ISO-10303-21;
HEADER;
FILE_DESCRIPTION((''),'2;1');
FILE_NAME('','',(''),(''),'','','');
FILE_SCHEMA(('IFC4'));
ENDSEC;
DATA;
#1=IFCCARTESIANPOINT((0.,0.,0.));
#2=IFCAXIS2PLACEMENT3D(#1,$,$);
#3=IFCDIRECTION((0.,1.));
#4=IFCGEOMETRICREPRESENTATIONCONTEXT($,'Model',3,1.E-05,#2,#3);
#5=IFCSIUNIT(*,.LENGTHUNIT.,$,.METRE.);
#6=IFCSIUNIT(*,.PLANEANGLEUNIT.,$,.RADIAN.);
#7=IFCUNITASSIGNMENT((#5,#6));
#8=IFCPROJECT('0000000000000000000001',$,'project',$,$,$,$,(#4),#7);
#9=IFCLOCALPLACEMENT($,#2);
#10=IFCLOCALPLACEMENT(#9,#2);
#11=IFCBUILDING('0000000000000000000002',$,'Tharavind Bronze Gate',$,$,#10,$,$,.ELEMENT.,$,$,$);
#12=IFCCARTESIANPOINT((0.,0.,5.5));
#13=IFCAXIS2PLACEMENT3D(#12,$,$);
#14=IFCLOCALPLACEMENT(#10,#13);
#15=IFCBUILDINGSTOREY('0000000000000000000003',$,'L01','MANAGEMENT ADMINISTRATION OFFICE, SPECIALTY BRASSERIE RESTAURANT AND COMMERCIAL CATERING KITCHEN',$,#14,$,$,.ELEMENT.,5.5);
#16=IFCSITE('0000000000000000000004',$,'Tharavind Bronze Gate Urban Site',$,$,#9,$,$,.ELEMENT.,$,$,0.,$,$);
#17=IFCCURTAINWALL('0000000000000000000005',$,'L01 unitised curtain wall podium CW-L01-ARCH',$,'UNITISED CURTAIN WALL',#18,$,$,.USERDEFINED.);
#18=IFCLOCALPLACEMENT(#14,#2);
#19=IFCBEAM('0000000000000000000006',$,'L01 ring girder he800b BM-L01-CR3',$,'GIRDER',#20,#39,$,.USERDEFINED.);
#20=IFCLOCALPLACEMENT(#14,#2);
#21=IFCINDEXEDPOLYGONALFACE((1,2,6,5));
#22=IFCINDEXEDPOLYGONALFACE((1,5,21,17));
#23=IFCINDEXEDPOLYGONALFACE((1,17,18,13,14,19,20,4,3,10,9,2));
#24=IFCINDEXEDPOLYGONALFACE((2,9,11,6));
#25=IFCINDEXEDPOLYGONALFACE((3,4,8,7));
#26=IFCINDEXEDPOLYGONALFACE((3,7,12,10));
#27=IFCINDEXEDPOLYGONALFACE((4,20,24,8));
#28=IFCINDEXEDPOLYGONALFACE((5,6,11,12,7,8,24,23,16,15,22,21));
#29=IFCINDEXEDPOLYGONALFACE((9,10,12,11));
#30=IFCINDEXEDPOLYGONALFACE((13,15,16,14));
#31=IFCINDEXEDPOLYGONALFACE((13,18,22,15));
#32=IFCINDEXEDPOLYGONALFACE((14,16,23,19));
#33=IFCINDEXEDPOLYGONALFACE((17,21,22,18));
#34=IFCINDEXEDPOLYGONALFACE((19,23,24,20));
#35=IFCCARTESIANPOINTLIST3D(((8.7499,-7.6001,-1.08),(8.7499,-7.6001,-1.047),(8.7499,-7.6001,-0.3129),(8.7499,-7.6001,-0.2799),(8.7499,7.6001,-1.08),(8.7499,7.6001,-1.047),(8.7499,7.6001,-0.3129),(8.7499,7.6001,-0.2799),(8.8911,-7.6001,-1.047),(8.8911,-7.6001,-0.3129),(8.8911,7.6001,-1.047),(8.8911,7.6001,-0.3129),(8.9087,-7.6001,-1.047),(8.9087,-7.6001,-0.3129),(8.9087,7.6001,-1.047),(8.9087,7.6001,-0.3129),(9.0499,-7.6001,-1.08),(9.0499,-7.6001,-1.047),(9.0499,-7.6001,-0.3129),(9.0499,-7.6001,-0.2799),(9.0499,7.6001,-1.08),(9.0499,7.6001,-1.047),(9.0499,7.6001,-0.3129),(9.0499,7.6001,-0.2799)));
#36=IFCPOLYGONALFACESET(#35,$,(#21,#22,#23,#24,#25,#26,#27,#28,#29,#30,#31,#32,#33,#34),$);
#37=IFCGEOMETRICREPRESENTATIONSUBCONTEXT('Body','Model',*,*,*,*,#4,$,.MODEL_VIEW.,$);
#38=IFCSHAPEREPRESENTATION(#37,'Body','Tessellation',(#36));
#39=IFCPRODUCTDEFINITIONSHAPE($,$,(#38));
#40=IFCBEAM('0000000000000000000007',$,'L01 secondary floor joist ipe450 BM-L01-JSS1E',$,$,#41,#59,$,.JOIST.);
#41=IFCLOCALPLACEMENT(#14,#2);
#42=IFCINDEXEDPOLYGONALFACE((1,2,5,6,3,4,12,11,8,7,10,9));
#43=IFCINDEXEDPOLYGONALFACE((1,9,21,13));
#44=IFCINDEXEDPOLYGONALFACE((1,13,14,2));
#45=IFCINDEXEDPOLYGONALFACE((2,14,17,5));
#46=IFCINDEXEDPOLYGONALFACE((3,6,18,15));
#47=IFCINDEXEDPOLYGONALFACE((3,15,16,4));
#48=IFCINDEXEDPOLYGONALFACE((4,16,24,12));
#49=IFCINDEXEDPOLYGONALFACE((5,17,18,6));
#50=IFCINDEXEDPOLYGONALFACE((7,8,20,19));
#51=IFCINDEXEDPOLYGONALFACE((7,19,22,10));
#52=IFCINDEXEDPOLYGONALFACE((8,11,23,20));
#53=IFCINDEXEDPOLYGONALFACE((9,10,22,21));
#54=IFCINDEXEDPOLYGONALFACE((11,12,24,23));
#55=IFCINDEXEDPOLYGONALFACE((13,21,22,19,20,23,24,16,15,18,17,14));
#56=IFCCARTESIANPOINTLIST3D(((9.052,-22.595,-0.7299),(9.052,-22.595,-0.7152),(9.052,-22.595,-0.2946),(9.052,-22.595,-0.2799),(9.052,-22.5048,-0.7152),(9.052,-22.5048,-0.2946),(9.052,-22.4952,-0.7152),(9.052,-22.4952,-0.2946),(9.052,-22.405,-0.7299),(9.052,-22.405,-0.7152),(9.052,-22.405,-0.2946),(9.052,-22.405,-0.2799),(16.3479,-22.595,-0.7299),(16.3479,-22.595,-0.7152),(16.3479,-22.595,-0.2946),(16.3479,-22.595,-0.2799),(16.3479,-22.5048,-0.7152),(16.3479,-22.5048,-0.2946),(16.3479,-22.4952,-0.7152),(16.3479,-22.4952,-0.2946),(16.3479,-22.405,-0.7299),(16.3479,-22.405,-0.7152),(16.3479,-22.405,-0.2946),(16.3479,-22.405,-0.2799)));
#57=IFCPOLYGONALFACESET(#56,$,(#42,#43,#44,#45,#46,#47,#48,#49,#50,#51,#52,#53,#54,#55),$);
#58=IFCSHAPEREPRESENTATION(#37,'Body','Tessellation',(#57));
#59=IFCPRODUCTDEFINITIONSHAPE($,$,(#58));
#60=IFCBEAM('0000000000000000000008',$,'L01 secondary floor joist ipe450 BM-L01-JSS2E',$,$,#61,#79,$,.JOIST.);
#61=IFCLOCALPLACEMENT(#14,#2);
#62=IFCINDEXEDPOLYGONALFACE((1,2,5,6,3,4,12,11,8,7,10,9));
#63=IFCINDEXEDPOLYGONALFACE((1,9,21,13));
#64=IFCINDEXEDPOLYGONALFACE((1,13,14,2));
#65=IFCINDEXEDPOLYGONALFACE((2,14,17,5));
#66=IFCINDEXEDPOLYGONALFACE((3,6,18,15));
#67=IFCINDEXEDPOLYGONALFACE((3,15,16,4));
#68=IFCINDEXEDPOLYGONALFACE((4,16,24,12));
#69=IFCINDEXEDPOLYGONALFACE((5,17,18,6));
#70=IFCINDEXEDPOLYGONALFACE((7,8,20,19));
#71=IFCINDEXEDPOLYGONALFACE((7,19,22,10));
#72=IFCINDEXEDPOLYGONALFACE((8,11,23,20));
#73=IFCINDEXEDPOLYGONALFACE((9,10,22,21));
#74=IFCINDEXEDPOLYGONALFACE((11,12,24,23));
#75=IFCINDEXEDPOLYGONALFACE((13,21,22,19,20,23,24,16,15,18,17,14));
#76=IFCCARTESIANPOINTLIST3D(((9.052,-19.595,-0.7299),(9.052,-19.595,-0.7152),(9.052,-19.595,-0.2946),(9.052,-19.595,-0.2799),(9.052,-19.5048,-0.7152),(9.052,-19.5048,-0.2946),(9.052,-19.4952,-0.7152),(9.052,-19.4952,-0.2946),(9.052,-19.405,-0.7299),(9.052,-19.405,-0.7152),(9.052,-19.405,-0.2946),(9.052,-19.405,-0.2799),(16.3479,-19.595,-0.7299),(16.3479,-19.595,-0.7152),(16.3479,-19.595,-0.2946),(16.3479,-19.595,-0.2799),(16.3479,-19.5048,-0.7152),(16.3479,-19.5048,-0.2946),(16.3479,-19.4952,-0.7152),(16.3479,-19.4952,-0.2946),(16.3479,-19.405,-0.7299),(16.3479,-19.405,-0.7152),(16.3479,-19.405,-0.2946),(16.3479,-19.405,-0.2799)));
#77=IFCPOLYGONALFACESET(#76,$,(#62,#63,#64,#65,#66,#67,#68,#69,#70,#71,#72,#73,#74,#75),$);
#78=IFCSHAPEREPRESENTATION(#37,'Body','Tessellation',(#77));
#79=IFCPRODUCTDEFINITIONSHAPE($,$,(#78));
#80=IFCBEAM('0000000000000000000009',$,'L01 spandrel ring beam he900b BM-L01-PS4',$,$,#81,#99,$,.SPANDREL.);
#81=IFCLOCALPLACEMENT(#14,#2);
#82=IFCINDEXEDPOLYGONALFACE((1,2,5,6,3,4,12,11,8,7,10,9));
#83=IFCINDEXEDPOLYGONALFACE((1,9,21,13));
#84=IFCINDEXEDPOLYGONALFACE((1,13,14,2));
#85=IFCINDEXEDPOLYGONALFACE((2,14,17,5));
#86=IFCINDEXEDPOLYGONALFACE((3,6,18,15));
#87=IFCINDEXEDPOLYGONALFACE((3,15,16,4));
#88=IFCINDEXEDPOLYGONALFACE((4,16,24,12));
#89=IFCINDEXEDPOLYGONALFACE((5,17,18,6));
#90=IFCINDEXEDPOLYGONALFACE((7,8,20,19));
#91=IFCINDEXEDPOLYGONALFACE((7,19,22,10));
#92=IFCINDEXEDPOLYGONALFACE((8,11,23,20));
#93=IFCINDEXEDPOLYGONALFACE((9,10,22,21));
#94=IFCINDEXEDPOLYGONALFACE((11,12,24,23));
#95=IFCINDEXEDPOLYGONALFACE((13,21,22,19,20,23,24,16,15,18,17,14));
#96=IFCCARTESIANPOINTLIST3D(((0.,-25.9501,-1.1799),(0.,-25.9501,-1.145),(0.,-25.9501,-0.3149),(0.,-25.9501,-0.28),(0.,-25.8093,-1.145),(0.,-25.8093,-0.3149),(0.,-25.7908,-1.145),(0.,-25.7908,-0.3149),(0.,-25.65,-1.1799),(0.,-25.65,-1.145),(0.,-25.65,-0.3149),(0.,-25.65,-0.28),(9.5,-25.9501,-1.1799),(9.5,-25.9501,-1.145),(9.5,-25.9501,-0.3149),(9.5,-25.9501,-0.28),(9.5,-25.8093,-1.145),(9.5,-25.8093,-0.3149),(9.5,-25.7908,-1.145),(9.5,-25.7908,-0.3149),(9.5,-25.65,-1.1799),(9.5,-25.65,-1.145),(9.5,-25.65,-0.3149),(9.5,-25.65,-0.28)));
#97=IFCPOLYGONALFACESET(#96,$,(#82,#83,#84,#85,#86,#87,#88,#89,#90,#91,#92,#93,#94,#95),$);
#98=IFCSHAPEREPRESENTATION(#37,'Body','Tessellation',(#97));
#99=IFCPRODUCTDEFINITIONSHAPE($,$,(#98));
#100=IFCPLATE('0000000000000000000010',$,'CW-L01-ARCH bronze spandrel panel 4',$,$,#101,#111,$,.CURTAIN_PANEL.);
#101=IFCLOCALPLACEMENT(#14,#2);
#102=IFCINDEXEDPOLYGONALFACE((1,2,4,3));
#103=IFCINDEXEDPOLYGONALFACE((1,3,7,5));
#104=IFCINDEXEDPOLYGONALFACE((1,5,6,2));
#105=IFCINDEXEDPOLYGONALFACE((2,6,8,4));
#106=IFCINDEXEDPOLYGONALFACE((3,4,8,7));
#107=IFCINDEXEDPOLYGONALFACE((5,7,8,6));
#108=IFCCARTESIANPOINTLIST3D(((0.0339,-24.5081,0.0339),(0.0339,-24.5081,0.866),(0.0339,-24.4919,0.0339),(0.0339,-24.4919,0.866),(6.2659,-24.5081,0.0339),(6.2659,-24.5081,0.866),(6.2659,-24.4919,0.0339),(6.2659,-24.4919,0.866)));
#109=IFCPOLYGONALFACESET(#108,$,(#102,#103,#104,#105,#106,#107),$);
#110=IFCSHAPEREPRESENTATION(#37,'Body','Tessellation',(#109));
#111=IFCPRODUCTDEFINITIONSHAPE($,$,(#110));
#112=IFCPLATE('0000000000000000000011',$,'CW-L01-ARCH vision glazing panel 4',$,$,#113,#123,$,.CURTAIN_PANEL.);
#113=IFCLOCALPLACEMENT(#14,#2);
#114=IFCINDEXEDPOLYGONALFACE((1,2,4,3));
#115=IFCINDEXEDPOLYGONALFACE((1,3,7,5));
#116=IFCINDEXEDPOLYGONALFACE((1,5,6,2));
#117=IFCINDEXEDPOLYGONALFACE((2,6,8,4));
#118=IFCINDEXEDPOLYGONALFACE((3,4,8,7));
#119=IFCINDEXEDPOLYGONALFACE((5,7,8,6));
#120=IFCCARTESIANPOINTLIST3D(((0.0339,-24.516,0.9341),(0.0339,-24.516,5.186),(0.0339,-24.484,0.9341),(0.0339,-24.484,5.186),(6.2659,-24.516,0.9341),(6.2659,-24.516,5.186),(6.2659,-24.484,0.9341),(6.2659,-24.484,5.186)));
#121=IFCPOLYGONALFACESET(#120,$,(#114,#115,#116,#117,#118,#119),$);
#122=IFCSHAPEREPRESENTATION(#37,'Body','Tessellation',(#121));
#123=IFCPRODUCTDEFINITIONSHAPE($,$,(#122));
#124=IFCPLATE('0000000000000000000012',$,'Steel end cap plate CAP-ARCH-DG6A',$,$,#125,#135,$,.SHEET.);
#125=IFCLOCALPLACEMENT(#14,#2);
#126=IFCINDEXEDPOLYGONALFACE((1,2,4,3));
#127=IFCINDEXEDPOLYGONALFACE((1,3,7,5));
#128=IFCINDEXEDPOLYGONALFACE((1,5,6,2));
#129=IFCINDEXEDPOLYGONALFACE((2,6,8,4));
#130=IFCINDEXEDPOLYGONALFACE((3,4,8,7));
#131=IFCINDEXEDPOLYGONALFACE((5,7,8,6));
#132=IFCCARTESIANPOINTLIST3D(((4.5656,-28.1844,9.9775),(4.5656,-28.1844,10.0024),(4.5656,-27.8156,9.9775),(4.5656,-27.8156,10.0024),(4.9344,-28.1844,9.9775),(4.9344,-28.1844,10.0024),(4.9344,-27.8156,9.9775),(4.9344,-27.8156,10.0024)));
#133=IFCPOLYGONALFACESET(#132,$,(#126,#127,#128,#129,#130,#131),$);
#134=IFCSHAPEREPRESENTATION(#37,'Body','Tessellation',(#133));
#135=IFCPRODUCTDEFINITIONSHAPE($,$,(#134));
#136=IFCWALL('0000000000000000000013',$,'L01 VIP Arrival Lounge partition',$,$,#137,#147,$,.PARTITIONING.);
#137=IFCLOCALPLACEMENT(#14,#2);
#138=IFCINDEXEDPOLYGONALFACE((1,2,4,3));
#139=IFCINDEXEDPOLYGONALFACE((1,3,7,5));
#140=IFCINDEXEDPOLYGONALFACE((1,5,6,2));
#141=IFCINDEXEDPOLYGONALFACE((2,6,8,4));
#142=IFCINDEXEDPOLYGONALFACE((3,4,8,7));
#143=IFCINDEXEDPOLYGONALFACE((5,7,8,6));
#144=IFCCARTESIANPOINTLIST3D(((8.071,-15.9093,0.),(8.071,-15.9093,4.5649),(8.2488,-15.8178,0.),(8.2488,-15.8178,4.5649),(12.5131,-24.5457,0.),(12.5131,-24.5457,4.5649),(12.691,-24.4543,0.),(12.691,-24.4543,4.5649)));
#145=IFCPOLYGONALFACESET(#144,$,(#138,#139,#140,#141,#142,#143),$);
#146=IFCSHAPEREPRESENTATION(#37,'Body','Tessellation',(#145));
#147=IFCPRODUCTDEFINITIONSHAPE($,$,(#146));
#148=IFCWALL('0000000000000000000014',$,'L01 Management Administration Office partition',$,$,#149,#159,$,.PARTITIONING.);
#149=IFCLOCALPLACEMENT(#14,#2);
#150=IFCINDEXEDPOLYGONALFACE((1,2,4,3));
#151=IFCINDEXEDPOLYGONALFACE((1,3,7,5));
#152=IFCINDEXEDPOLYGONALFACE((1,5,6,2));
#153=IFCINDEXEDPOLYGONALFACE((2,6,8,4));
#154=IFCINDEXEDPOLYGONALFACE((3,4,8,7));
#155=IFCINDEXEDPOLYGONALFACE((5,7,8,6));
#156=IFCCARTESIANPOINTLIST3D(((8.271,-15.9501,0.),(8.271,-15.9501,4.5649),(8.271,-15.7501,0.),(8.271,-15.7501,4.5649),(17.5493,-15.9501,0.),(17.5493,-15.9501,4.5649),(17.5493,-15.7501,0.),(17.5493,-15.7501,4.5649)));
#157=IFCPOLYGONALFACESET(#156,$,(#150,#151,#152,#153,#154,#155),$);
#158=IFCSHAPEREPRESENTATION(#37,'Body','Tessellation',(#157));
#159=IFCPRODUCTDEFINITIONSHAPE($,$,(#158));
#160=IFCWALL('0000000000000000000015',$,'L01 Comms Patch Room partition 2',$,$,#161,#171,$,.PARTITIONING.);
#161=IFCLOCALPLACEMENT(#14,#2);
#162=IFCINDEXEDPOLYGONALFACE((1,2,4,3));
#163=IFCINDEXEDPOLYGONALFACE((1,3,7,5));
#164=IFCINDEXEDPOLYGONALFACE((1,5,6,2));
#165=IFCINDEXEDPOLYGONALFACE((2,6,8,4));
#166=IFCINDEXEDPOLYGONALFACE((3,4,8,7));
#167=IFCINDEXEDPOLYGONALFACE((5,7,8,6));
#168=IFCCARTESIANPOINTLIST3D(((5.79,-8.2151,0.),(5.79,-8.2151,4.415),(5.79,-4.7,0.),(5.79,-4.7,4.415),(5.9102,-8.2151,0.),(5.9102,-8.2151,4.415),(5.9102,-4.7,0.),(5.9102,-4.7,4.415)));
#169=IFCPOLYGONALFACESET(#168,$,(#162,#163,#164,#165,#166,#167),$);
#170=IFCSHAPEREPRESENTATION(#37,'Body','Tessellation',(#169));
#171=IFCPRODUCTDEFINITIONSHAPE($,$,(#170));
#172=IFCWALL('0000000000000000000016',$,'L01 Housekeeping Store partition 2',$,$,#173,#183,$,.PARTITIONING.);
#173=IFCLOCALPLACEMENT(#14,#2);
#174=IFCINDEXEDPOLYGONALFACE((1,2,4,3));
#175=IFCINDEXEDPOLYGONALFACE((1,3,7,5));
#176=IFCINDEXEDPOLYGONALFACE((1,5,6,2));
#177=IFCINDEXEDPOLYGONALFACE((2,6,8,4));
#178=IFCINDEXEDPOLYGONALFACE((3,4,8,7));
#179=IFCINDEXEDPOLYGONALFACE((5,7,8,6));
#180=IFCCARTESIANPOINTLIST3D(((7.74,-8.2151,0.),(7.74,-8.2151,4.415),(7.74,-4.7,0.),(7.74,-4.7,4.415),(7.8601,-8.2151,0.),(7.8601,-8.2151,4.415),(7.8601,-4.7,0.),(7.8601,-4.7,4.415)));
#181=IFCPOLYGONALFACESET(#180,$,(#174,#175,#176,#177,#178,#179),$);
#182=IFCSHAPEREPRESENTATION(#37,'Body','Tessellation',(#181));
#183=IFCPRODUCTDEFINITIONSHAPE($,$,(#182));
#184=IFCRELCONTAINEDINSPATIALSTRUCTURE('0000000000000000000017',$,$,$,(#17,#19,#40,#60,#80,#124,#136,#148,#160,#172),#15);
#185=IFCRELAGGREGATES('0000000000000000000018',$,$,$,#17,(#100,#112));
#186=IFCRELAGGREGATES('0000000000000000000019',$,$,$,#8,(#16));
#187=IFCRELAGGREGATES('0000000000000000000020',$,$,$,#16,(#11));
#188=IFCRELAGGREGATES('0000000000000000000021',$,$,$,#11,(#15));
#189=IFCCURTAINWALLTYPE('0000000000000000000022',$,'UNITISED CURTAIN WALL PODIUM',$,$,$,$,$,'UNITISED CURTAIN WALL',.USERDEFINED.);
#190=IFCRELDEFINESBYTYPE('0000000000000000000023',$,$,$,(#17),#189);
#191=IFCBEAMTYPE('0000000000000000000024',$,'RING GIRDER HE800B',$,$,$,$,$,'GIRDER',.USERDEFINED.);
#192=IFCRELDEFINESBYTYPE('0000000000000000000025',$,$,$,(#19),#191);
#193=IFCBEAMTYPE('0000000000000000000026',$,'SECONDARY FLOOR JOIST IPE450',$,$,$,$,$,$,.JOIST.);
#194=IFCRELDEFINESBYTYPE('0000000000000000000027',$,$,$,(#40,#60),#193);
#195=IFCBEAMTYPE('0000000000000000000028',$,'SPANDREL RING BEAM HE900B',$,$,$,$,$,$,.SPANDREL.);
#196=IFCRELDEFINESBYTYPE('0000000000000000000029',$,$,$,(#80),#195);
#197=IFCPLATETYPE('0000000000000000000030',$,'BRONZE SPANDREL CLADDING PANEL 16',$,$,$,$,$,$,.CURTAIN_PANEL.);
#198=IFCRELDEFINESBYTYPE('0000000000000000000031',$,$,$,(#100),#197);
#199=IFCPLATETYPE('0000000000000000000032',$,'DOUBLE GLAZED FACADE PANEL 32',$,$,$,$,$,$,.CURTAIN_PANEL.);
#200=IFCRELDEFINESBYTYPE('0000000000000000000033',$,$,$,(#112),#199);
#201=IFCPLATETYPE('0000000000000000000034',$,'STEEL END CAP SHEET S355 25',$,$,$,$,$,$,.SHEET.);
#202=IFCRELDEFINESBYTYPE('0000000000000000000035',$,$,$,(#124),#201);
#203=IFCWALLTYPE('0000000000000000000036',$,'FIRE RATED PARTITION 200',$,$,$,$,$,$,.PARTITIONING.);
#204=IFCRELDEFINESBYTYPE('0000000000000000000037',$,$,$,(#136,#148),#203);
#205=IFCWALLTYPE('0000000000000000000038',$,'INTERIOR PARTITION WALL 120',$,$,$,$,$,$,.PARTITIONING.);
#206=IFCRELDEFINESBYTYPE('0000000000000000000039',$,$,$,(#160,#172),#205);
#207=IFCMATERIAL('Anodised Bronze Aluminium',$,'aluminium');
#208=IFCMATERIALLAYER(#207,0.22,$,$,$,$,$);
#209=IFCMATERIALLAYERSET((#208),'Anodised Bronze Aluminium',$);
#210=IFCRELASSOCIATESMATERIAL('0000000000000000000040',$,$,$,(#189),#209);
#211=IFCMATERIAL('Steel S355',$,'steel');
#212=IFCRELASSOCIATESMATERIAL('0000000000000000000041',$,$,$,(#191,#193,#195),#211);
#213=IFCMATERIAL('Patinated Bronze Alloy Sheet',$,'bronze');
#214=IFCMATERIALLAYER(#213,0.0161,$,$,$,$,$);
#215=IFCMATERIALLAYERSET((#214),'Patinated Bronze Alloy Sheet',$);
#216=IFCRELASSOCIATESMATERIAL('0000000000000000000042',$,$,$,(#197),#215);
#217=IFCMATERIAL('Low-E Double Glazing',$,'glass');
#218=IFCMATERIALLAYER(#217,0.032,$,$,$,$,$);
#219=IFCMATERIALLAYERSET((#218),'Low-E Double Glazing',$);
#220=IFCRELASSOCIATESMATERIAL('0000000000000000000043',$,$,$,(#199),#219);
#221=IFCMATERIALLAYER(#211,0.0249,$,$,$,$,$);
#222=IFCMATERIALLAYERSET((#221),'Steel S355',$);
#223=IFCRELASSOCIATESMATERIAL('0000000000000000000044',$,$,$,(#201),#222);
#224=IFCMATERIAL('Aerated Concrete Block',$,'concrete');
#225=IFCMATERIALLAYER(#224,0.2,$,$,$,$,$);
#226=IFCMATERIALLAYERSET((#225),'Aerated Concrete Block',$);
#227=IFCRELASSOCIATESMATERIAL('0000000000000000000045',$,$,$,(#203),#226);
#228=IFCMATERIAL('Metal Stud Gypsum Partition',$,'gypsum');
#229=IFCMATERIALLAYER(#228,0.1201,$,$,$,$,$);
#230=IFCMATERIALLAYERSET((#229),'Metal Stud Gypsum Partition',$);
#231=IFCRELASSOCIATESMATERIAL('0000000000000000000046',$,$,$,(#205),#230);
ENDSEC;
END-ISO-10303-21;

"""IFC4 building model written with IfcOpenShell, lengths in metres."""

from ifc_helpers import new_model, si_unit, direction, frame, frame_2d, origin, origin_2d, place, context, subcontext, project, spatial, rectangle, i_section, extrude, material, layer, layer_set, material_profile, profile_set, type_object, element, aggregate, save


model = new_model("IFC4")

# Units and contexts
model_context = context("Model", 3, precision=1e-05, world=origin(), true_north=direction((0.0, 1.0)))
body_context = subcontext(model_context, "Body", "Model", "MODEL_VIEW")
ifc_project = project(units=[si_unit("LENGTHUNIT", "METRE"), si_unit("PLANEANGLEUNIT", "RADIAN")], contexts=[model_context])

# Site, building, storey
site_placement = place(None, origin())
site = spatial("IfcSite", under=ifc_project, at=site_placement, Name="Tharavind Bronze Gate Urban Site", CompositionType="ELEMENT", RefElevation=0.0)
building_placement = place(site_placement, origin())
building = spatial("IfcBuilding", under=site, at=building_placement, Name="Tharavind Bronze Gate", CompositionType="ELEMENT")
storey_placement = place(building_placement, frame((0.0, 0.0, 5.5)))
storey = spatial("IfcBuildingStorey", under=building, at=storey_placement, Name="L01", Description="MANAGEMENT ADMINISTRATION OFFICE, SPECIALTY BRASSERIE RESTAURANT AND COMMERCIAL CATERING KITCHEN", CompositionType="ELEMENT", Elevation=5.5)

# Curtain wall
ifc_material_1 = material(Name="Anodised Bronze Aluminium", Category="aluminium")
ifc_layer_1 = layer(ifc_material_1, 0.22)
ifc_layer_set_1 = layer_set([ifc_layer_1], Name="Anodised Bronze Aluminium")
curtain_wall_type = type_object("IfcCurtainWallType", Name="UNITISED CURTAIN WALL PODIUM", ElementType="UNITISED CURTAIN WALL", PredefinedType="USERDEFINED", material=ifc_layer_set_1)
curtain_wall_placement = place(storey_placement, origin())
curtain_wall = element("IfcCurtainWall", 1, at=curtain_wall_placement, inside=storey, type_object=curtain_wall_type, Name="L01 unitised curtain wall podium CW-L01-ARCH", ObjectType="UNITISED CURTAIN WALL", PredefinedType="USERDEFINED")

# Beams
ifc_material_2 = material(Name="Steel S355", Category="steel")
ifc_material_profile_1 = material_profile(ifc_material_2, i_section(OverallWidth=0.3, OverallDepth=0.8, WebThickness=0.0176, FlangeThickness=0.033, at=origin_2d()), Name="HE800B")
ifc_profile_set_1 = profile_set([ifc_material_profile_1], Name="Steel S355")
beam_type_1 = type_object("IfcBeamType", Name="RING GIRDER HE800B", ElementType="GIRDER", PredefinedType="USERDEFINED", material=ifc_profile_set_1)
beam_1_placement = place(storey_placement, frame((8.8999, -7.6001, -0.6799), z_axis=(0.0, 1.0, 0.0), x_axis=(-1.0, 0.0, 0.0)))
element("IfcBeam", 2, at=beam_1_placement, inside=storey, type_object=beam_type_1, Name="L01 ring girder he800b BM-L01-CR3", ObjectType="GIRDER", PredefinedType="USERDEFINED", context=body_context, shape_type="SweptSolid", body=[
    extrude(i_section(OverallWidth=0.3, OverallDepth=0.8, WebThickness=0.0176, FlangeThickness=0.033, at=origin_2d()), origin(), (0.0, 0.0, 1.0), 15.2002),
])
ifc_material_profile_2 = material_profile(ifc_material_2, i_section(OverallWidth=0.1899, OverallDepth=0.45, WebThickness=0.0095, FlangeThickness=0.0146, at=origin_2d()), Name="IPE450")
ifc_profile_set_2 = profile_set([ifc_material_profile_2], Name="Steel S355")
beam_type_2 = type_object("IfcBeamType", Name="SECONDARY FLOOR JOIST IPE450", PredefinedType="JOIST", material=ifc_profile_set_2)
for number, where, z_axis, x_axis, name in (
    (3, (9.052, -22.5, -0.5049), (1.0, 0.0, 0.0), (0.0, 1.0, 0.0), "L01 secondary floor joist ipe450 BM-L01-JSS1E"),
    (4, (9.052, -19.5, -0.5049), (1.0, 0.0, 0.0), (0.0, 1.0, 0.0), "L01 secondary floor joist ipe450 BM-L01-JSS2E"),
):
    element("IfcBeam", number, at=place(storey_placement, frame(where, z_axis=z_axis, x_axis=x_axis)), inside=storey, type_object=beam_type_2, Name=name, PredefinedType="JOIST", context=body_context, shape_type="SweptSolid", body=[
        extrude(i_section(OverallWidth=0.1899, OverallDepth=0.45, WebThickness=0.0095, FlangeThickness=0.0146, at=origin_2d()), origin(), (0.0, 0.0, 1.0), 7.2959),
    ])
ifc_material_profile_3 = material_profile(ifc_material_2, i_section(OverallWidth=0.3, OverallDepth=0.8999, WebThickness=0.0186, FlangeThickness=0.0349, at=origin_2d()), Name="HE900B")
ifc_profile_set_3 = profile_set([ifc_material_profile_3], Name="Steel S355")
beam_type_3 = type_object("IfcBeamType", Name="SPANDREL RING BEAM HE900B", PredefinedType="SPANDREL", material=ifc_profile_set_3)
beam_2_placement = place(storey_placement, frame((0.0, -25.8, -0.73), z_axis=(1.0, 0.0, 0.0), x_axis=(0.0, 1.0, 0.0)))
element("IfcBeam", 5, at=beam_2_placement, inside=storey, type_object=beam_type_3, Name="L01 spandrel ring beam he900b BM-L01-PS4", PredefinedType="SPANDREL", context=body_context, shape_type="SweptSolid", body=[
    extrude(i_section(OverallWidth=0.3, OverallDepth=0.8999, WebThickness=0.0186, FlangeThickness=0.0349, at=origin_2d()), origin(), (0.0, 0.0, 1.0), 9.5),
])

# Plates
ifc_material_3 = material(Name="Patinated Bronze Alloy Sheet", Category="bronze")
ifc_layer_2 = layer(ifc_material_3, 0.0161)
ifc_layer_set_2 = layer_set([ifc_layer_2], Name="Patinated Bronze Alloy Sheet")
plate_type_1 = type_object("IfcPlateType", Name="BRONZE SPANDREL CLADDING PANEL 16", PredefinedType="CURTAIN_PANEL", material=ifc_layer_set_2)
plate_1_placement = place(storey_placement, frame((3.1499, -24.5, 0.0339), z_axis=(0.0, 0.0, 1.0), x_axis=(1.0, 0.0, 0.0)))
plate_1 = element("IfcPlate", 6, at=plate_1_placement, type_object=plate_type_1, Name="CW-L01-ARCH bronze spandrel panel 4", PredefinedType="CURTAIN_PANEL", context=body_context, shape_type="SweptSolid", body=[
    extrude(rectangle(XDim=6.2319, YDim=0.0161, at=origin_2d()), origin(), (0.0, 0.0, 1.0), 0.832),
])
ifc_material_4 = material(Name="Low-E Double Glazing", Category="glass")
ifc_layer_3 = layer(ifc_material_4, 0.032)
ifc_layer_set_3 = layer_set([ifc_layer_3], Name="Low-E Double Glazing")
plate_type_2 = type_object("IfcPlateType", Name="DOUBLE GLAZED FACADE PANEL 32", PredefinedType="CURTAIN_PANEL", material=ifc_layer_set_3)
plate_2_placement = place(storey_placement, frame((3.1499, -24.5, 0.9341), z_axis=(0.0, 0.0, 1.0), x_axis=(1.0, 0.0, 0.0)))
plate_2 = element("IfcPlate", 7, at=plate_2_placement, type_object=plate_type_2, Name="CW-L01-ARCH vision glazing panel 4", PredefinedType="CURTAIN_PANEL", context=body_context, shape_type="SweptSolid", body=[
    extrude(rectangle(XDim=6.2319, YDim=0.032, at=origin_2d()), origin(), (0.0, 0.0, 1.0), 4.252),
])
aggregate(curtain_wall, [plate_1, plate_2])
ifc_layer_4 = layer(ifc_material_2, 0.0249)
ifc_layer_set_4 = layer_set([ifc_layer_4], Name="Steel S355")
plate_type_3 = type_object("IfcPlateType", Name="STEEL END CAP SHEET S355 25", PredefinedType="SHEET", material=ifc_layer_set_4)
plate_3_placement = place(storey_placement, frame((4.75, -28.0, 9.9775), z_axis=(0.0, 0.0, 1.0), x_axis=(1.0, 0.0, 0.0)))
element("IfcPlate", 8, at=plate_3_placement, inside=storey, type_object=plate_type_3, Name="Steel end cap plate CAP-ARCH-DG6A", PredefinedType="SHEET", context=body_context, shape_type="SweptSolid", body=[
    extrude(rectangle(XDim=0.3689, YDim=0.3689, at=origin_2d()), origin(), (0.0, 0.0, 1.0), 0.0249),
])

# Walls
ifc_material_5 = material(Name="Aerated Concrete Block", Category="concrete")
ifc_layer_5 = layer(ifc_material_5, 0.2)
ifc_layer_set_5 = layer_set([ifc_layer_5], Name="Aerated Concrete Block")
wall_type_1 = type_object("IfcWallType", Name="FIRE RATED PARTITION 200", PredefinedType="PARTITIONING", material=ifc_layer_set_5)
wall_1_placement = place(storey_placement, frame((8.1599, -15.8635, 0.0), z_axis=(0.0, 0.0, 1.0), x_axis=(0.457391, -0.889266, 0.0)))
element("IfcWall", 9, at=wall_1_placement, inside=storey, type_object=wall_type_1, Name="L01 VIP Arrival Lounge partition", PredefinedType="PARTITIONING", context=body_context, shape_type="SweptSolid", body=[
    extrude(rectangle(XDim=9.7119, YDim=0.2, at=frame_2d((4.856, 0.0))), origin(), (0.0, 0.0, 1.0), 4.5649),
])
wall_2_placement = place(storey_placement, frame((8.271, -15.8501, 0.0), z_axis=(0.0, 0.0, 1.0), x_axis=(1.0, 0.0, 0.0)))
element("IfcWall", 10, at=wall_2_placement, inside=storey, type_object=wall_type_1, Name="L01 Management Administration Office partition", PredefinedType="PARTITIONING", context=body_context, shape_type="SweptSolid", body=[
    extrude(rectangle(XDim=9.2783, YDim=0.2, at=frame_2d((4.6392, 0.0))), origin(), (0.0, 0.0, 1.0), 4.5649),
])
ifc_material_6 = material(Name="Metal Stud Gypsum Partition", Category="gypsum")
ifc_layer_6 = layer(ifc_material_6, 0.1201)
ifc_layer_set_6 = layer_set([ifc_layer_6], Name="Metal Stud Gypsum Partition")
wall_type_2 = type_object("IfcWallType", Name="INTERIOR PARTITION WALL 120", PredefinedType="PARTITIONING", material=ifc_layer_set_6)
for number, where, z_axis, x_axis, name in (
    (11, (5.8501, -8.2151, 0.0), (0.0, 0.0, 1.0), (0.0, 1.0, 0.0), "L01 Comms Patch Room partition 2"),
    (12, (7.8, -8.2151, 0.0), (0.0, 0.0, 1.0), (0.0, 1.0, 0.0), "L01 Housekeeping Store partition 2"),
):
    element("IfcWall", number, at=place(storey_placement, frame(where, z_axis=z_axis, x_axis=x_axis)), inside=storey, type_object=wall_type_2, Name=name, PredefinedType="PARTITIONING", context=body_context, shape_type="SweptSolid", body=[
        extrude(rectangle(XDim=3.5151, YDim=0.1201, at=frame_2d((1.7576, 0.0))), origin(), (0.0, 0.0, 1.0), 4.415),
    ])

save(model, "model.ifc")
